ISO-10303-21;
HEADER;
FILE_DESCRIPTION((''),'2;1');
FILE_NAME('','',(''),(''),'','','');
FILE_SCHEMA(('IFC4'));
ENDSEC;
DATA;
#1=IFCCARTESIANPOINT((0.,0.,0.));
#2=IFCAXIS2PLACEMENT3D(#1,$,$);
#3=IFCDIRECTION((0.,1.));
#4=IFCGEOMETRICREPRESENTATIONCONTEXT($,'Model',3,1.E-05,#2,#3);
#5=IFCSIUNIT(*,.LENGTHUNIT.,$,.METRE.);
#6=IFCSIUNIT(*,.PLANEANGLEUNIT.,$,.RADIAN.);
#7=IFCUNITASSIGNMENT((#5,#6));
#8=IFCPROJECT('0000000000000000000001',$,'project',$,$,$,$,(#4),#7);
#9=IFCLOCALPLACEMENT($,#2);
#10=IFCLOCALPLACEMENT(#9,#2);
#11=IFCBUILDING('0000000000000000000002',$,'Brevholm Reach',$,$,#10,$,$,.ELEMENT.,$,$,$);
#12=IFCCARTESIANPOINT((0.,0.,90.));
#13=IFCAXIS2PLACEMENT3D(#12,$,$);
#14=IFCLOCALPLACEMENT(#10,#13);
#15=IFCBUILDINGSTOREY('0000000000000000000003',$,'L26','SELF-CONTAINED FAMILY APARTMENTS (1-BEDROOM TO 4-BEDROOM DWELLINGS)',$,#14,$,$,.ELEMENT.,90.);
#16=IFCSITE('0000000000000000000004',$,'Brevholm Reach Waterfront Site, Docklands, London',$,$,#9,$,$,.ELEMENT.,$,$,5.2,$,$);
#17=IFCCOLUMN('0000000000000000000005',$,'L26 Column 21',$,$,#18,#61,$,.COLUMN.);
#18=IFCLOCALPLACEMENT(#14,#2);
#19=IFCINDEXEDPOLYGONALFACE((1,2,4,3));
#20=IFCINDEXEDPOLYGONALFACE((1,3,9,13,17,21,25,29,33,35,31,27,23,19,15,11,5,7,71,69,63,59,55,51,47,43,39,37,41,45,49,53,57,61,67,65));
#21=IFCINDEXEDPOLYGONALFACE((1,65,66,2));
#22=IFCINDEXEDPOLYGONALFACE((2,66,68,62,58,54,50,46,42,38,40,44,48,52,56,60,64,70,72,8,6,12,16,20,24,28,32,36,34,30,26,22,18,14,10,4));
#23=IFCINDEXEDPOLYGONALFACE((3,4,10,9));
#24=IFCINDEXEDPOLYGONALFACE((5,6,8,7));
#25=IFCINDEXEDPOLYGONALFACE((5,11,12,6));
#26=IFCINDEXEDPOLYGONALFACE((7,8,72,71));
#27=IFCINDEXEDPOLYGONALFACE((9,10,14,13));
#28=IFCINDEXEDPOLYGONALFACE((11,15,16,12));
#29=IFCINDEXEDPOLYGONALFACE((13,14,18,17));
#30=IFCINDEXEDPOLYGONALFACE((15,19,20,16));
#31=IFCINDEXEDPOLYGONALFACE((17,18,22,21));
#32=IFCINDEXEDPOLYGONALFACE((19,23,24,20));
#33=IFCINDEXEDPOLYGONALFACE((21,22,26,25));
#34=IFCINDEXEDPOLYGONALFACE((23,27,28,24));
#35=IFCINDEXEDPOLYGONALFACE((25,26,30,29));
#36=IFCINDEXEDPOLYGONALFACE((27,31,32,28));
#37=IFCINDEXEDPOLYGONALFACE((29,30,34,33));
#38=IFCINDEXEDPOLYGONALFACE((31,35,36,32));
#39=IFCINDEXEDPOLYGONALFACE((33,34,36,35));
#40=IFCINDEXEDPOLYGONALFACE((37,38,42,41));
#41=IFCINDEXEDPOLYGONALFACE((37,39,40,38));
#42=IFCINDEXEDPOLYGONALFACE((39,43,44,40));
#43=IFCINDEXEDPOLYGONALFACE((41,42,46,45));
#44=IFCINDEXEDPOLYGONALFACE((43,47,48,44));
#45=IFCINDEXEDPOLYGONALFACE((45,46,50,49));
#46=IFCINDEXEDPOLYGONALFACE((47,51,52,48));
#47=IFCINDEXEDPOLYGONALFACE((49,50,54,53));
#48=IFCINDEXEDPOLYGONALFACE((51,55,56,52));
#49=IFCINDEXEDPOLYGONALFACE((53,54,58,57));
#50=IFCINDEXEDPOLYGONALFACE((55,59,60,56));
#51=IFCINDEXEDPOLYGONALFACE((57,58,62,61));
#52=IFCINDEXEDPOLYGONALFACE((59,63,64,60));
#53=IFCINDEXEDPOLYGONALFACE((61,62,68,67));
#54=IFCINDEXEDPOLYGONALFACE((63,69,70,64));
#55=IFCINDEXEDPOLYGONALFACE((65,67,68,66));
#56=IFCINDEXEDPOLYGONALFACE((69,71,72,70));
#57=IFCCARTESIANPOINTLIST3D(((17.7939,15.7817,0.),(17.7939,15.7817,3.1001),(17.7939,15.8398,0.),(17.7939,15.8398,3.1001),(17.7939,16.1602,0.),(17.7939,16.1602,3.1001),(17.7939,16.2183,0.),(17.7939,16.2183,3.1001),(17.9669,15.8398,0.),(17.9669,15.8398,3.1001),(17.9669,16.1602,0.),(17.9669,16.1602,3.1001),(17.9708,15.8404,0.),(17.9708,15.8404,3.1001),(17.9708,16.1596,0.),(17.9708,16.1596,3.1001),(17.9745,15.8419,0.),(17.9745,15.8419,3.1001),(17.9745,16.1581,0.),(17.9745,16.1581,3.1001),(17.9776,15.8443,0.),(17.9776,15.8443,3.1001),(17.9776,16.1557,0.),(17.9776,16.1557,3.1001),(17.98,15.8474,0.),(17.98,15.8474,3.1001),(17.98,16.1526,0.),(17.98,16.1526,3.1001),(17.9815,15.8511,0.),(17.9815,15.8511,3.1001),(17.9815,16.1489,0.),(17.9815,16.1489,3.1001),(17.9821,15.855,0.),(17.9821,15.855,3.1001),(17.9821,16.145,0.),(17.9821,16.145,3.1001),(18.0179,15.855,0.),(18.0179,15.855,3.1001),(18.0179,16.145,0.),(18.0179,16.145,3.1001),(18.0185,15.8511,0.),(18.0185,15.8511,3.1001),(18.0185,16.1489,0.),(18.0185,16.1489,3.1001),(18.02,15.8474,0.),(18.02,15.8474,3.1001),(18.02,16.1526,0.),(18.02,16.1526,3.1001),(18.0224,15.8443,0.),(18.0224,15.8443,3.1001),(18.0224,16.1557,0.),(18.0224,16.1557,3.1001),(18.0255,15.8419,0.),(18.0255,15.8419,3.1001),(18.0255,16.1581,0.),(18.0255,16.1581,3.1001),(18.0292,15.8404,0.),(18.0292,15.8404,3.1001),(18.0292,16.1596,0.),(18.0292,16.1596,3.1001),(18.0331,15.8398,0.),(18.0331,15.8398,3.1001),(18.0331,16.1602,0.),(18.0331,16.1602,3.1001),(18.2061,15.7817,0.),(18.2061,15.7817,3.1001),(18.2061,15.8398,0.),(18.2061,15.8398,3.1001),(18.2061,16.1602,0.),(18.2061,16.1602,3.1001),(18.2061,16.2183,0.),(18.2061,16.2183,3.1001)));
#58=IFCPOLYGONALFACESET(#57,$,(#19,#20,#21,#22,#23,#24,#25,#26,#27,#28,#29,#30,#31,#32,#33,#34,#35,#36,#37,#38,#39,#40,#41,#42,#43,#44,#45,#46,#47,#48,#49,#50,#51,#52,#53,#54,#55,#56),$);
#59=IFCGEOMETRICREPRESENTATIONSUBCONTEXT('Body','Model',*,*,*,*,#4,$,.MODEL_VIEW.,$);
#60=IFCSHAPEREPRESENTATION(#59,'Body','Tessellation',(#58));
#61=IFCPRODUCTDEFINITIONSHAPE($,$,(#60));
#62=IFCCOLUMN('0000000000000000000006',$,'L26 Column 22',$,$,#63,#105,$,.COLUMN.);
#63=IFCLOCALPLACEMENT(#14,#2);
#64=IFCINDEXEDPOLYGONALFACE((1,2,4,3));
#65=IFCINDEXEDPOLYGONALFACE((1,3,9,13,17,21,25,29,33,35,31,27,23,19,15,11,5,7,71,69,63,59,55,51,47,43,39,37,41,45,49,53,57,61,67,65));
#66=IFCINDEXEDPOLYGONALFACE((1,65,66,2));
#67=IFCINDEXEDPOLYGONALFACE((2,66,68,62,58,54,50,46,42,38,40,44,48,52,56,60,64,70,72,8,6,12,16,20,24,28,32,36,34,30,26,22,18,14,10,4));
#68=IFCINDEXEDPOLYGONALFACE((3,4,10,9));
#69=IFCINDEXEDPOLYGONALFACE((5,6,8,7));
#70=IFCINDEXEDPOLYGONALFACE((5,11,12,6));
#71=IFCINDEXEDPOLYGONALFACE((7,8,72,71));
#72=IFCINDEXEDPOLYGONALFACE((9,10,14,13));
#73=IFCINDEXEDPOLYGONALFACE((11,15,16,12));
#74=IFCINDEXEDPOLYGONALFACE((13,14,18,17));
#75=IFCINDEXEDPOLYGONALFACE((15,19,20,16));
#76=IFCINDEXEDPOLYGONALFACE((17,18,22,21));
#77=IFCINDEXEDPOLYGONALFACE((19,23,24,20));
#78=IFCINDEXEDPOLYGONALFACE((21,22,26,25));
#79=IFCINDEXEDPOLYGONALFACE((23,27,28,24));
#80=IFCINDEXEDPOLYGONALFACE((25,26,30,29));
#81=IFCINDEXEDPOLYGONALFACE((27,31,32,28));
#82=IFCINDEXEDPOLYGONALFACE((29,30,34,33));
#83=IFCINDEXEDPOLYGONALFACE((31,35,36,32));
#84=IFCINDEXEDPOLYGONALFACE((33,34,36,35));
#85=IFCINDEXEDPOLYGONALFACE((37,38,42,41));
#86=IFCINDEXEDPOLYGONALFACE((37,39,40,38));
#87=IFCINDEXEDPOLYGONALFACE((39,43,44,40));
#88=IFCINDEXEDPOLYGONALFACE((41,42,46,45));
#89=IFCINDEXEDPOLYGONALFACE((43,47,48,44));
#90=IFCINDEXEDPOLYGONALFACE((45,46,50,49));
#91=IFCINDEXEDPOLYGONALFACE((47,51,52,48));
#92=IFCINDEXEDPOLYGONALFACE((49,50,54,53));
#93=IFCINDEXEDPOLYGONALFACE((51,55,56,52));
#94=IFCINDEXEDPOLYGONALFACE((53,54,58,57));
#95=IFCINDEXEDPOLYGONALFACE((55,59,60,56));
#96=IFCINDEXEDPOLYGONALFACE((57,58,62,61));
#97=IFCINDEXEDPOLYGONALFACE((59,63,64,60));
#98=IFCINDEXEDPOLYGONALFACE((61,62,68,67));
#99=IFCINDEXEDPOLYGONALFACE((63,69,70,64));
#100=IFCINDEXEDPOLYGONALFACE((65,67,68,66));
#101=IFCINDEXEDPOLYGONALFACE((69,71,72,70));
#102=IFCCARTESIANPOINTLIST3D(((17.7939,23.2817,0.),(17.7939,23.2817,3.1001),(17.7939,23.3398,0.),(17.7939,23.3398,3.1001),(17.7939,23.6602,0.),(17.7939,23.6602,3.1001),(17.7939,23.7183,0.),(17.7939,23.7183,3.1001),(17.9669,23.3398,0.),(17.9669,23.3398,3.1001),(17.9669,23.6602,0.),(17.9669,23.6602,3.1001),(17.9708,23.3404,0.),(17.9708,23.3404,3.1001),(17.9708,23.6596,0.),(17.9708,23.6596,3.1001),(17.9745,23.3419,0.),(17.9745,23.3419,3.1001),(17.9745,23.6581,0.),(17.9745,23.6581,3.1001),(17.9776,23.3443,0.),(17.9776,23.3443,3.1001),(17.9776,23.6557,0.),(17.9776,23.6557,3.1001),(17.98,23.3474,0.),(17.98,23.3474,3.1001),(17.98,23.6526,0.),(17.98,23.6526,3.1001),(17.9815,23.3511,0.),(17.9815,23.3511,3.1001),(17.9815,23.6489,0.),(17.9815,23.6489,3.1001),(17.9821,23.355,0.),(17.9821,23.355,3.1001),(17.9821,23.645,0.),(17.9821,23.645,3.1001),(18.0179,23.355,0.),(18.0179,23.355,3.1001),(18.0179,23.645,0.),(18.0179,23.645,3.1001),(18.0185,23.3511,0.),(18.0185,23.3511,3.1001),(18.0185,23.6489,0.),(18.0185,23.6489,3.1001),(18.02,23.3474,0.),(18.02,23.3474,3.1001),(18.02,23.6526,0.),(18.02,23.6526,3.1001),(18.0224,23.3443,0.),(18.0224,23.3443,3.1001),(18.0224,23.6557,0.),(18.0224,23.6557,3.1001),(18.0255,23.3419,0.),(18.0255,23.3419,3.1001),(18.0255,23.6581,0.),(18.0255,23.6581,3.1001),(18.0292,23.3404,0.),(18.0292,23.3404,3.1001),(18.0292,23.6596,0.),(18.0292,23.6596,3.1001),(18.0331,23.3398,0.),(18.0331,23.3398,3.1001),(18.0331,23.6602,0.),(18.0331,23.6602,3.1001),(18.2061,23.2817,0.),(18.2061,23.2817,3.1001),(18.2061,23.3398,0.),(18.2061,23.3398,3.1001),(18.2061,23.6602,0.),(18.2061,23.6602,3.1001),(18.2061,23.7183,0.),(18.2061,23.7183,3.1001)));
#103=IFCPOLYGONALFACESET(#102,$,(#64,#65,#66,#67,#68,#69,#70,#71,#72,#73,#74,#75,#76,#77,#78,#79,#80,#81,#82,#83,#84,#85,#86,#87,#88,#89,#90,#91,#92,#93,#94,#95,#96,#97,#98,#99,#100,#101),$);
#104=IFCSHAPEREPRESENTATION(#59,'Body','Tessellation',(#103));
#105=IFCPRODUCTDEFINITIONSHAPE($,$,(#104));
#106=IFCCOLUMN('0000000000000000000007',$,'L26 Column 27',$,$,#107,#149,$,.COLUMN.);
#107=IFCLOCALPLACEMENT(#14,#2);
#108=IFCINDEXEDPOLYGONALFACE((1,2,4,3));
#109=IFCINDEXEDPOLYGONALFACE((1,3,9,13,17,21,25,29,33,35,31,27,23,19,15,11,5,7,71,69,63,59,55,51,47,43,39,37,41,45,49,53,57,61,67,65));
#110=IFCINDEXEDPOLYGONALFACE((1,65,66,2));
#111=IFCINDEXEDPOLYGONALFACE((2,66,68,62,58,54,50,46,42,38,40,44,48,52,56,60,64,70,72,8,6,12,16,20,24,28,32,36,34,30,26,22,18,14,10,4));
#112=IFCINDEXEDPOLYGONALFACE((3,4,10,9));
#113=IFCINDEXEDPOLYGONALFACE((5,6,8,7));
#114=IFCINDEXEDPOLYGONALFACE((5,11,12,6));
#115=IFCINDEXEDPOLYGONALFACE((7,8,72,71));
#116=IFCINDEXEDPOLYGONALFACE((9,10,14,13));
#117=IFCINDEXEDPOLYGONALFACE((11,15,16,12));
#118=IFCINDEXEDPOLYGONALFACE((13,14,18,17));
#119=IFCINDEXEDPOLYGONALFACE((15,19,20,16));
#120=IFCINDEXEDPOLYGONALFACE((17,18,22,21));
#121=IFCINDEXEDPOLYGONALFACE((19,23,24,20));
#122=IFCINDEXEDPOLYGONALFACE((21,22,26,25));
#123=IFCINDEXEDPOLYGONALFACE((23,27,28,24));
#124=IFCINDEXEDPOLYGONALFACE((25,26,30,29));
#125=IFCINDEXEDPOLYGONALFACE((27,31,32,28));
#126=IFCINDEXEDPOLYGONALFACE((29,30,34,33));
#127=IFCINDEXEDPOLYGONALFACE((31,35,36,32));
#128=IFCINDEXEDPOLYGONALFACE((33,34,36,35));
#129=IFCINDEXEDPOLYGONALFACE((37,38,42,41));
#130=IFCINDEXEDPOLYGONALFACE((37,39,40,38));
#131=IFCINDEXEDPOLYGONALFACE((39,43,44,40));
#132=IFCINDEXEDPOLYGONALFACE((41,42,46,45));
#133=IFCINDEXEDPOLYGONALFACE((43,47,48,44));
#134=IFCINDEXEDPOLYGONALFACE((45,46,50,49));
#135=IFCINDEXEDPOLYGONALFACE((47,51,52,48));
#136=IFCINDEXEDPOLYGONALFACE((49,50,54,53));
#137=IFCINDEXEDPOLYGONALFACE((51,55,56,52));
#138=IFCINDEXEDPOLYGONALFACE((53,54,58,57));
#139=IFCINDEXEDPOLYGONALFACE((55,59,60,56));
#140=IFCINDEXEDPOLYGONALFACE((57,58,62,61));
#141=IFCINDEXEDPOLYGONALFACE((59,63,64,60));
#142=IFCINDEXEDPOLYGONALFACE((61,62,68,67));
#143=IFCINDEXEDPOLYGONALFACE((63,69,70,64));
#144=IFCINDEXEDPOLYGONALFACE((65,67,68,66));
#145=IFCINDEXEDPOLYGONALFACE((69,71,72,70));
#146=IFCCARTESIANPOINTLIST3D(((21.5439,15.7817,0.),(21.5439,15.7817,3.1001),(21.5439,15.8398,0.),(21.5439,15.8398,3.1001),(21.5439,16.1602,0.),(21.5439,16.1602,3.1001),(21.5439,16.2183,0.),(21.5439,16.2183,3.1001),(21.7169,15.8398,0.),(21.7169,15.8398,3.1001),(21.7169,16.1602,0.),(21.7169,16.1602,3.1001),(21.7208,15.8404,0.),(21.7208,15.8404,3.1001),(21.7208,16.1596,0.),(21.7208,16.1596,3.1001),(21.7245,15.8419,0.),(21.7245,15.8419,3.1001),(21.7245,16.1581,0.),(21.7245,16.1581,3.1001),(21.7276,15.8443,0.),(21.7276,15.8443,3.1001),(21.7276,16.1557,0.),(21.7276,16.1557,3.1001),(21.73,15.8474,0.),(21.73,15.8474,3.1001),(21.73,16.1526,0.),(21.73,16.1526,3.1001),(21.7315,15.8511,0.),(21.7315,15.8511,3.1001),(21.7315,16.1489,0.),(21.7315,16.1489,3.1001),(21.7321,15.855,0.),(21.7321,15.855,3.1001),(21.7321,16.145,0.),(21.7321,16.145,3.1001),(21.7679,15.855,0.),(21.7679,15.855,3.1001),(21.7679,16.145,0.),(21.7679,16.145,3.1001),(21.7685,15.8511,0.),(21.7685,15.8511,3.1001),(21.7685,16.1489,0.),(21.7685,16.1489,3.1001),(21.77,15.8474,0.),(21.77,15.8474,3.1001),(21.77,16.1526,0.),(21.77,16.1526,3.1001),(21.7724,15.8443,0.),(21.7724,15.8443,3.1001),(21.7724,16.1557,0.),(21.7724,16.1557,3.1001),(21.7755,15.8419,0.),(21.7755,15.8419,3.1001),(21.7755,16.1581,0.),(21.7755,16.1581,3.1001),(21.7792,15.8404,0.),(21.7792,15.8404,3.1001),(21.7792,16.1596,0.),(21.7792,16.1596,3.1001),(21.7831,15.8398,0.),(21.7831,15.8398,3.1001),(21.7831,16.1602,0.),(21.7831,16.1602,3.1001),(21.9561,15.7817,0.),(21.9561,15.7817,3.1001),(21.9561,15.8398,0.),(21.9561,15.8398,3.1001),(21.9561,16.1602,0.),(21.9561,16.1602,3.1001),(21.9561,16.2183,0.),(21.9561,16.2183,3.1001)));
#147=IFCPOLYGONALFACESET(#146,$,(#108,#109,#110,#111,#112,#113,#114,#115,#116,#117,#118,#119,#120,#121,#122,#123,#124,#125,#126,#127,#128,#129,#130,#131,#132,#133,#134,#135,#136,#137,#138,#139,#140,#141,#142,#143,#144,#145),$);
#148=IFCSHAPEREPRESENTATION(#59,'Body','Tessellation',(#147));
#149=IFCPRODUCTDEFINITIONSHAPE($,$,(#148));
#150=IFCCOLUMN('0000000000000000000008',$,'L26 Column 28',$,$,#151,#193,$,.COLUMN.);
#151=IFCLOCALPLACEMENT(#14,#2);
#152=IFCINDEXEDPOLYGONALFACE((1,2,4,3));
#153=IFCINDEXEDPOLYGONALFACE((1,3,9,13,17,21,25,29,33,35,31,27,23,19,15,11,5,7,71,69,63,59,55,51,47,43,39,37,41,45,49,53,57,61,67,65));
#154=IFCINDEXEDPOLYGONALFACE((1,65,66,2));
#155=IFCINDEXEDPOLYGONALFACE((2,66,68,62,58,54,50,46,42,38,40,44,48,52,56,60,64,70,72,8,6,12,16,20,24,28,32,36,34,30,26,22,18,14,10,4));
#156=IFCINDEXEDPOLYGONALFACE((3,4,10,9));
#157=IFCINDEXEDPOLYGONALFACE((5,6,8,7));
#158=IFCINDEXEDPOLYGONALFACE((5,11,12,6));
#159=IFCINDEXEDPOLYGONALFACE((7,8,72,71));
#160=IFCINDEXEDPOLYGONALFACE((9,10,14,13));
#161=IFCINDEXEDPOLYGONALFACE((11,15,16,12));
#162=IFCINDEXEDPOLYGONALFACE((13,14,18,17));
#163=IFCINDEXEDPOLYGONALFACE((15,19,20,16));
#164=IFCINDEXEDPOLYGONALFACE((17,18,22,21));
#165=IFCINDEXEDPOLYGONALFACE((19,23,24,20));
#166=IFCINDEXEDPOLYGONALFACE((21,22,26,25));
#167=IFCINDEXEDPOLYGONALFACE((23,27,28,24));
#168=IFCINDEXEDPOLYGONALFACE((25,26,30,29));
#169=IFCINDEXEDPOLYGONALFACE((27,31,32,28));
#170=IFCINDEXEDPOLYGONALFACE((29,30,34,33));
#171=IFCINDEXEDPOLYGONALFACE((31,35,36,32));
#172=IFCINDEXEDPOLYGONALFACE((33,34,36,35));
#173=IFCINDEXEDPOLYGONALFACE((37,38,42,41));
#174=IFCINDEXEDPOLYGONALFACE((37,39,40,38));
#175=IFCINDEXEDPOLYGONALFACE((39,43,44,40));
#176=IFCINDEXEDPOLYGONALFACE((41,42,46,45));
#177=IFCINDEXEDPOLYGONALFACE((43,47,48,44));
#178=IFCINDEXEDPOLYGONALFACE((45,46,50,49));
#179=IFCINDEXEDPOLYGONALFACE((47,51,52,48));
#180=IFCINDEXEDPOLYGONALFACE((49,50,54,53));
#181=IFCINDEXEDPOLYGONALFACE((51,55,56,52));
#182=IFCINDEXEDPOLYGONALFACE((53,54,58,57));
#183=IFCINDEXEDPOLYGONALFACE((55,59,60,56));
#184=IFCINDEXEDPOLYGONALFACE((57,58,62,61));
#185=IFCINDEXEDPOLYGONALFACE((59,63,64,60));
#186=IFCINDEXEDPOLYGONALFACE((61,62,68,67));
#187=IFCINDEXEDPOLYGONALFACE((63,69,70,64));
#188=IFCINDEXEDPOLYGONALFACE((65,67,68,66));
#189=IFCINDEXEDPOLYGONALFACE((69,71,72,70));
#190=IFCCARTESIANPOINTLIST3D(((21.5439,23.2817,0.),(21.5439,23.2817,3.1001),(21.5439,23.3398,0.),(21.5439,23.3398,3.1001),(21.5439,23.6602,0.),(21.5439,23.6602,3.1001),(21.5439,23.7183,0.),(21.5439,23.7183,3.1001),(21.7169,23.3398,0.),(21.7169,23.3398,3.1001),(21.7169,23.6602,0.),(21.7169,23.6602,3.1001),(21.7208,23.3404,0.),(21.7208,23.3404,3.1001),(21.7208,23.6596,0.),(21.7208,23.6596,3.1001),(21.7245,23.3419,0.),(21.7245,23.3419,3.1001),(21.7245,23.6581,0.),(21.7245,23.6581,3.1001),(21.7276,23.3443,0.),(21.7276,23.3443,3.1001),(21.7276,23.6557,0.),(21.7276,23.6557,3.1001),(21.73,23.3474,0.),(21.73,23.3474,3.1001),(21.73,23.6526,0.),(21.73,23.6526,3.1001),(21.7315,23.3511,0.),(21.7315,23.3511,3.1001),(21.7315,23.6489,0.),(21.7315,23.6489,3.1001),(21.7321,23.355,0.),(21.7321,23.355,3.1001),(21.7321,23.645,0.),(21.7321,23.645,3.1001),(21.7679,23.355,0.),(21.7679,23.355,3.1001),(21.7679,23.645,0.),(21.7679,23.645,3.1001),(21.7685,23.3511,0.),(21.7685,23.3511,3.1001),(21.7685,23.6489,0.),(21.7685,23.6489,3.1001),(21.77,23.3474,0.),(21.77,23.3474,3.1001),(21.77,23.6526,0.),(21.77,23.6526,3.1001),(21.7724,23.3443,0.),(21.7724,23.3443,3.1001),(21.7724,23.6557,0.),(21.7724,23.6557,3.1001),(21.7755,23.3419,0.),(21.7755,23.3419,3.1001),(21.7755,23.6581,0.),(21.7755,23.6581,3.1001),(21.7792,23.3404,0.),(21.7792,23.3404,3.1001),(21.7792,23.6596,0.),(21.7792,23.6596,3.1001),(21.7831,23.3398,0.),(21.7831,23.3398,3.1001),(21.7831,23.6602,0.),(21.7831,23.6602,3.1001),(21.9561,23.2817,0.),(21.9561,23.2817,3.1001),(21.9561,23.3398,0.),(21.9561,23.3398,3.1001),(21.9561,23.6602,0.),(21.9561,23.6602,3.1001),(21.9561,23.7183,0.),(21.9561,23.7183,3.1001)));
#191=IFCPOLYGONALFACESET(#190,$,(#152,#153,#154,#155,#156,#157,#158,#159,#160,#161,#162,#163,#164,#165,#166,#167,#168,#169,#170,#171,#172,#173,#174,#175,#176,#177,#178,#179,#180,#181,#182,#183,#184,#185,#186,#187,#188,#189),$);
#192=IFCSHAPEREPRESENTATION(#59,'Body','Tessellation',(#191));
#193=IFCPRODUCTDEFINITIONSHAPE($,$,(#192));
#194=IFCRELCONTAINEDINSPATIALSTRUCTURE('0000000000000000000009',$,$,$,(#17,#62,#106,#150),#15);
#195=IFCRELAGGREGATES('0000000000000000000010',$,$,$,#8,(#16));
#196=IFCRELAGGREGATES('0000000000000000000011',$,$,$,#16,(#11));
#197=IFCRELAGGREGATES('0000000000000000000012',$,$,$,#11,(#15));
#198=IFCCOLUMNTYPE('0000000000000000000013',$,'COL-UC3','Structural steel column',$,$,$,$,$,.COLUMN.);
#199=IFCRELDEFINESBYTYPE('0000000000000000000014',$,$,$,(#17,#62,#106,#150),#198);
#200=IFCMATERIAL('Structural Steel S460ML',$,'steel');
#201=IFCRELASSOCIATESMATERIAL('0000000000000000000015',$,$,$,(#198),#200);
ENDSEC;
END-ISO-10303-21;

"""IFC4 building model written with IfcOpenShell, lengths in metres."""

from ifc_helpers import new_model, si_unit, direction, frame, origin, origin_2d, place, context, subcontext, project, spatial, i_section, extrude, material, material_profile, profile_set, type_object, element, save


model = new_model("IFC4")

# Units and contexts
model_context = context("Model", 3, precision=1e-05, world=origin(), true_north=direction((0.0, 1.0)))
body_context = subcontext(model_context, "Body", "Model", "MODEL_VIEW")
ifc_project = project(units=[si_unit("LENGTHUNIT", "METRE"), si_unit("PLANEANGLEUNIT", "RADIAN")], contexts=[model_context])

# Site, building, storey
site_placement = place(None, origin())
site = spatial("IfcSite", under=ifc_project, at=site_placement, Name="Brevholm Reach Waterfront Site, Docklands, London", CompositionType="ELEMENT", RefElevation=5.2)
building_placement = place(site_placement, origin())
building = spatial("IfcBuilding", under=site, at=building_placement, Name="Brevholm Reach", CompositionType="ELEMENT")
storey_placement = place(building_placement, frame((0.0, 0.0, 90.0)))
storey = spatial("IfcBuildingStorey", under=building, at=storey_placement, Name="L26", Description="SELF-CONTAINED FAMILY APARTMENTS (1-BEDROOM TO 4-BEDROOM DWELLINGS)", CompositionType="ELEMENT", Elevation=90.0)

# Columns
ifc_material_1 = material(Name="Structural Steel S460ML", Category="steel")
ifc_material_profile_1 = material_profile(ifc_material_1, i_section(OverallWidth=0.4121, OverallDepth=0.4365, WebThickness=0.0359, FlangeThickness=0.0581, FilletRadius=0.0151, at=origin_2d()), Name="UKC 356x406x467")
ifc_profile_set_1 = profile_set([ifc_material_profile_1], Name="Structural Steel S460ML")
column_type = type_object("IfcColumnType", Name="COL-UC3", Description="Structural steel column", PredefinedType="COLUMN", material=ifc_profile_set_1)
for number, where, z_axis, x_axis, name in (
    (1, (18.0, 16.0, 0.0), (0.0, 0.0, 1.0), (1.0, 0.0, 0.0), "L26 Column 21"),
    (2, (18.0, 23.5, 0.0), (0.0, 0.0, 1.0), (1.0, 0.0, 0.0), "L26 Column 22"),
    (3, (21.75, 16.0, 0.0), (0.0, 0.0, 1.0), (1.0, 0.0, 0.0), "L26 Column 27"),
    (4, (21.75, 23.5, 0.0), (0.0, 0.0, 1.0), (1.0, 0.0, 0.0), "L26 Column 28"),
):
    element("IfcColumn", number, at=place(storey_placement, frame(where, z_axis=z_axis, x_axis=x_axis)), inside=storey, type_object=column_type, Name=name, PredefinedType="COLUMN", context=body_context, shape_type="SweptSolid", body=[
        extrude(i_section(OverallWidth=0.4121, OverallDepth=0.4365, WebThickness=0.0359, FlangeThickness=0.0581, FilletRadius=0.0151, at=origin_2d()), origin(), (0.0, 0.0, 1.0), 3.1001),
    ])

save(model, "model.ifc")
